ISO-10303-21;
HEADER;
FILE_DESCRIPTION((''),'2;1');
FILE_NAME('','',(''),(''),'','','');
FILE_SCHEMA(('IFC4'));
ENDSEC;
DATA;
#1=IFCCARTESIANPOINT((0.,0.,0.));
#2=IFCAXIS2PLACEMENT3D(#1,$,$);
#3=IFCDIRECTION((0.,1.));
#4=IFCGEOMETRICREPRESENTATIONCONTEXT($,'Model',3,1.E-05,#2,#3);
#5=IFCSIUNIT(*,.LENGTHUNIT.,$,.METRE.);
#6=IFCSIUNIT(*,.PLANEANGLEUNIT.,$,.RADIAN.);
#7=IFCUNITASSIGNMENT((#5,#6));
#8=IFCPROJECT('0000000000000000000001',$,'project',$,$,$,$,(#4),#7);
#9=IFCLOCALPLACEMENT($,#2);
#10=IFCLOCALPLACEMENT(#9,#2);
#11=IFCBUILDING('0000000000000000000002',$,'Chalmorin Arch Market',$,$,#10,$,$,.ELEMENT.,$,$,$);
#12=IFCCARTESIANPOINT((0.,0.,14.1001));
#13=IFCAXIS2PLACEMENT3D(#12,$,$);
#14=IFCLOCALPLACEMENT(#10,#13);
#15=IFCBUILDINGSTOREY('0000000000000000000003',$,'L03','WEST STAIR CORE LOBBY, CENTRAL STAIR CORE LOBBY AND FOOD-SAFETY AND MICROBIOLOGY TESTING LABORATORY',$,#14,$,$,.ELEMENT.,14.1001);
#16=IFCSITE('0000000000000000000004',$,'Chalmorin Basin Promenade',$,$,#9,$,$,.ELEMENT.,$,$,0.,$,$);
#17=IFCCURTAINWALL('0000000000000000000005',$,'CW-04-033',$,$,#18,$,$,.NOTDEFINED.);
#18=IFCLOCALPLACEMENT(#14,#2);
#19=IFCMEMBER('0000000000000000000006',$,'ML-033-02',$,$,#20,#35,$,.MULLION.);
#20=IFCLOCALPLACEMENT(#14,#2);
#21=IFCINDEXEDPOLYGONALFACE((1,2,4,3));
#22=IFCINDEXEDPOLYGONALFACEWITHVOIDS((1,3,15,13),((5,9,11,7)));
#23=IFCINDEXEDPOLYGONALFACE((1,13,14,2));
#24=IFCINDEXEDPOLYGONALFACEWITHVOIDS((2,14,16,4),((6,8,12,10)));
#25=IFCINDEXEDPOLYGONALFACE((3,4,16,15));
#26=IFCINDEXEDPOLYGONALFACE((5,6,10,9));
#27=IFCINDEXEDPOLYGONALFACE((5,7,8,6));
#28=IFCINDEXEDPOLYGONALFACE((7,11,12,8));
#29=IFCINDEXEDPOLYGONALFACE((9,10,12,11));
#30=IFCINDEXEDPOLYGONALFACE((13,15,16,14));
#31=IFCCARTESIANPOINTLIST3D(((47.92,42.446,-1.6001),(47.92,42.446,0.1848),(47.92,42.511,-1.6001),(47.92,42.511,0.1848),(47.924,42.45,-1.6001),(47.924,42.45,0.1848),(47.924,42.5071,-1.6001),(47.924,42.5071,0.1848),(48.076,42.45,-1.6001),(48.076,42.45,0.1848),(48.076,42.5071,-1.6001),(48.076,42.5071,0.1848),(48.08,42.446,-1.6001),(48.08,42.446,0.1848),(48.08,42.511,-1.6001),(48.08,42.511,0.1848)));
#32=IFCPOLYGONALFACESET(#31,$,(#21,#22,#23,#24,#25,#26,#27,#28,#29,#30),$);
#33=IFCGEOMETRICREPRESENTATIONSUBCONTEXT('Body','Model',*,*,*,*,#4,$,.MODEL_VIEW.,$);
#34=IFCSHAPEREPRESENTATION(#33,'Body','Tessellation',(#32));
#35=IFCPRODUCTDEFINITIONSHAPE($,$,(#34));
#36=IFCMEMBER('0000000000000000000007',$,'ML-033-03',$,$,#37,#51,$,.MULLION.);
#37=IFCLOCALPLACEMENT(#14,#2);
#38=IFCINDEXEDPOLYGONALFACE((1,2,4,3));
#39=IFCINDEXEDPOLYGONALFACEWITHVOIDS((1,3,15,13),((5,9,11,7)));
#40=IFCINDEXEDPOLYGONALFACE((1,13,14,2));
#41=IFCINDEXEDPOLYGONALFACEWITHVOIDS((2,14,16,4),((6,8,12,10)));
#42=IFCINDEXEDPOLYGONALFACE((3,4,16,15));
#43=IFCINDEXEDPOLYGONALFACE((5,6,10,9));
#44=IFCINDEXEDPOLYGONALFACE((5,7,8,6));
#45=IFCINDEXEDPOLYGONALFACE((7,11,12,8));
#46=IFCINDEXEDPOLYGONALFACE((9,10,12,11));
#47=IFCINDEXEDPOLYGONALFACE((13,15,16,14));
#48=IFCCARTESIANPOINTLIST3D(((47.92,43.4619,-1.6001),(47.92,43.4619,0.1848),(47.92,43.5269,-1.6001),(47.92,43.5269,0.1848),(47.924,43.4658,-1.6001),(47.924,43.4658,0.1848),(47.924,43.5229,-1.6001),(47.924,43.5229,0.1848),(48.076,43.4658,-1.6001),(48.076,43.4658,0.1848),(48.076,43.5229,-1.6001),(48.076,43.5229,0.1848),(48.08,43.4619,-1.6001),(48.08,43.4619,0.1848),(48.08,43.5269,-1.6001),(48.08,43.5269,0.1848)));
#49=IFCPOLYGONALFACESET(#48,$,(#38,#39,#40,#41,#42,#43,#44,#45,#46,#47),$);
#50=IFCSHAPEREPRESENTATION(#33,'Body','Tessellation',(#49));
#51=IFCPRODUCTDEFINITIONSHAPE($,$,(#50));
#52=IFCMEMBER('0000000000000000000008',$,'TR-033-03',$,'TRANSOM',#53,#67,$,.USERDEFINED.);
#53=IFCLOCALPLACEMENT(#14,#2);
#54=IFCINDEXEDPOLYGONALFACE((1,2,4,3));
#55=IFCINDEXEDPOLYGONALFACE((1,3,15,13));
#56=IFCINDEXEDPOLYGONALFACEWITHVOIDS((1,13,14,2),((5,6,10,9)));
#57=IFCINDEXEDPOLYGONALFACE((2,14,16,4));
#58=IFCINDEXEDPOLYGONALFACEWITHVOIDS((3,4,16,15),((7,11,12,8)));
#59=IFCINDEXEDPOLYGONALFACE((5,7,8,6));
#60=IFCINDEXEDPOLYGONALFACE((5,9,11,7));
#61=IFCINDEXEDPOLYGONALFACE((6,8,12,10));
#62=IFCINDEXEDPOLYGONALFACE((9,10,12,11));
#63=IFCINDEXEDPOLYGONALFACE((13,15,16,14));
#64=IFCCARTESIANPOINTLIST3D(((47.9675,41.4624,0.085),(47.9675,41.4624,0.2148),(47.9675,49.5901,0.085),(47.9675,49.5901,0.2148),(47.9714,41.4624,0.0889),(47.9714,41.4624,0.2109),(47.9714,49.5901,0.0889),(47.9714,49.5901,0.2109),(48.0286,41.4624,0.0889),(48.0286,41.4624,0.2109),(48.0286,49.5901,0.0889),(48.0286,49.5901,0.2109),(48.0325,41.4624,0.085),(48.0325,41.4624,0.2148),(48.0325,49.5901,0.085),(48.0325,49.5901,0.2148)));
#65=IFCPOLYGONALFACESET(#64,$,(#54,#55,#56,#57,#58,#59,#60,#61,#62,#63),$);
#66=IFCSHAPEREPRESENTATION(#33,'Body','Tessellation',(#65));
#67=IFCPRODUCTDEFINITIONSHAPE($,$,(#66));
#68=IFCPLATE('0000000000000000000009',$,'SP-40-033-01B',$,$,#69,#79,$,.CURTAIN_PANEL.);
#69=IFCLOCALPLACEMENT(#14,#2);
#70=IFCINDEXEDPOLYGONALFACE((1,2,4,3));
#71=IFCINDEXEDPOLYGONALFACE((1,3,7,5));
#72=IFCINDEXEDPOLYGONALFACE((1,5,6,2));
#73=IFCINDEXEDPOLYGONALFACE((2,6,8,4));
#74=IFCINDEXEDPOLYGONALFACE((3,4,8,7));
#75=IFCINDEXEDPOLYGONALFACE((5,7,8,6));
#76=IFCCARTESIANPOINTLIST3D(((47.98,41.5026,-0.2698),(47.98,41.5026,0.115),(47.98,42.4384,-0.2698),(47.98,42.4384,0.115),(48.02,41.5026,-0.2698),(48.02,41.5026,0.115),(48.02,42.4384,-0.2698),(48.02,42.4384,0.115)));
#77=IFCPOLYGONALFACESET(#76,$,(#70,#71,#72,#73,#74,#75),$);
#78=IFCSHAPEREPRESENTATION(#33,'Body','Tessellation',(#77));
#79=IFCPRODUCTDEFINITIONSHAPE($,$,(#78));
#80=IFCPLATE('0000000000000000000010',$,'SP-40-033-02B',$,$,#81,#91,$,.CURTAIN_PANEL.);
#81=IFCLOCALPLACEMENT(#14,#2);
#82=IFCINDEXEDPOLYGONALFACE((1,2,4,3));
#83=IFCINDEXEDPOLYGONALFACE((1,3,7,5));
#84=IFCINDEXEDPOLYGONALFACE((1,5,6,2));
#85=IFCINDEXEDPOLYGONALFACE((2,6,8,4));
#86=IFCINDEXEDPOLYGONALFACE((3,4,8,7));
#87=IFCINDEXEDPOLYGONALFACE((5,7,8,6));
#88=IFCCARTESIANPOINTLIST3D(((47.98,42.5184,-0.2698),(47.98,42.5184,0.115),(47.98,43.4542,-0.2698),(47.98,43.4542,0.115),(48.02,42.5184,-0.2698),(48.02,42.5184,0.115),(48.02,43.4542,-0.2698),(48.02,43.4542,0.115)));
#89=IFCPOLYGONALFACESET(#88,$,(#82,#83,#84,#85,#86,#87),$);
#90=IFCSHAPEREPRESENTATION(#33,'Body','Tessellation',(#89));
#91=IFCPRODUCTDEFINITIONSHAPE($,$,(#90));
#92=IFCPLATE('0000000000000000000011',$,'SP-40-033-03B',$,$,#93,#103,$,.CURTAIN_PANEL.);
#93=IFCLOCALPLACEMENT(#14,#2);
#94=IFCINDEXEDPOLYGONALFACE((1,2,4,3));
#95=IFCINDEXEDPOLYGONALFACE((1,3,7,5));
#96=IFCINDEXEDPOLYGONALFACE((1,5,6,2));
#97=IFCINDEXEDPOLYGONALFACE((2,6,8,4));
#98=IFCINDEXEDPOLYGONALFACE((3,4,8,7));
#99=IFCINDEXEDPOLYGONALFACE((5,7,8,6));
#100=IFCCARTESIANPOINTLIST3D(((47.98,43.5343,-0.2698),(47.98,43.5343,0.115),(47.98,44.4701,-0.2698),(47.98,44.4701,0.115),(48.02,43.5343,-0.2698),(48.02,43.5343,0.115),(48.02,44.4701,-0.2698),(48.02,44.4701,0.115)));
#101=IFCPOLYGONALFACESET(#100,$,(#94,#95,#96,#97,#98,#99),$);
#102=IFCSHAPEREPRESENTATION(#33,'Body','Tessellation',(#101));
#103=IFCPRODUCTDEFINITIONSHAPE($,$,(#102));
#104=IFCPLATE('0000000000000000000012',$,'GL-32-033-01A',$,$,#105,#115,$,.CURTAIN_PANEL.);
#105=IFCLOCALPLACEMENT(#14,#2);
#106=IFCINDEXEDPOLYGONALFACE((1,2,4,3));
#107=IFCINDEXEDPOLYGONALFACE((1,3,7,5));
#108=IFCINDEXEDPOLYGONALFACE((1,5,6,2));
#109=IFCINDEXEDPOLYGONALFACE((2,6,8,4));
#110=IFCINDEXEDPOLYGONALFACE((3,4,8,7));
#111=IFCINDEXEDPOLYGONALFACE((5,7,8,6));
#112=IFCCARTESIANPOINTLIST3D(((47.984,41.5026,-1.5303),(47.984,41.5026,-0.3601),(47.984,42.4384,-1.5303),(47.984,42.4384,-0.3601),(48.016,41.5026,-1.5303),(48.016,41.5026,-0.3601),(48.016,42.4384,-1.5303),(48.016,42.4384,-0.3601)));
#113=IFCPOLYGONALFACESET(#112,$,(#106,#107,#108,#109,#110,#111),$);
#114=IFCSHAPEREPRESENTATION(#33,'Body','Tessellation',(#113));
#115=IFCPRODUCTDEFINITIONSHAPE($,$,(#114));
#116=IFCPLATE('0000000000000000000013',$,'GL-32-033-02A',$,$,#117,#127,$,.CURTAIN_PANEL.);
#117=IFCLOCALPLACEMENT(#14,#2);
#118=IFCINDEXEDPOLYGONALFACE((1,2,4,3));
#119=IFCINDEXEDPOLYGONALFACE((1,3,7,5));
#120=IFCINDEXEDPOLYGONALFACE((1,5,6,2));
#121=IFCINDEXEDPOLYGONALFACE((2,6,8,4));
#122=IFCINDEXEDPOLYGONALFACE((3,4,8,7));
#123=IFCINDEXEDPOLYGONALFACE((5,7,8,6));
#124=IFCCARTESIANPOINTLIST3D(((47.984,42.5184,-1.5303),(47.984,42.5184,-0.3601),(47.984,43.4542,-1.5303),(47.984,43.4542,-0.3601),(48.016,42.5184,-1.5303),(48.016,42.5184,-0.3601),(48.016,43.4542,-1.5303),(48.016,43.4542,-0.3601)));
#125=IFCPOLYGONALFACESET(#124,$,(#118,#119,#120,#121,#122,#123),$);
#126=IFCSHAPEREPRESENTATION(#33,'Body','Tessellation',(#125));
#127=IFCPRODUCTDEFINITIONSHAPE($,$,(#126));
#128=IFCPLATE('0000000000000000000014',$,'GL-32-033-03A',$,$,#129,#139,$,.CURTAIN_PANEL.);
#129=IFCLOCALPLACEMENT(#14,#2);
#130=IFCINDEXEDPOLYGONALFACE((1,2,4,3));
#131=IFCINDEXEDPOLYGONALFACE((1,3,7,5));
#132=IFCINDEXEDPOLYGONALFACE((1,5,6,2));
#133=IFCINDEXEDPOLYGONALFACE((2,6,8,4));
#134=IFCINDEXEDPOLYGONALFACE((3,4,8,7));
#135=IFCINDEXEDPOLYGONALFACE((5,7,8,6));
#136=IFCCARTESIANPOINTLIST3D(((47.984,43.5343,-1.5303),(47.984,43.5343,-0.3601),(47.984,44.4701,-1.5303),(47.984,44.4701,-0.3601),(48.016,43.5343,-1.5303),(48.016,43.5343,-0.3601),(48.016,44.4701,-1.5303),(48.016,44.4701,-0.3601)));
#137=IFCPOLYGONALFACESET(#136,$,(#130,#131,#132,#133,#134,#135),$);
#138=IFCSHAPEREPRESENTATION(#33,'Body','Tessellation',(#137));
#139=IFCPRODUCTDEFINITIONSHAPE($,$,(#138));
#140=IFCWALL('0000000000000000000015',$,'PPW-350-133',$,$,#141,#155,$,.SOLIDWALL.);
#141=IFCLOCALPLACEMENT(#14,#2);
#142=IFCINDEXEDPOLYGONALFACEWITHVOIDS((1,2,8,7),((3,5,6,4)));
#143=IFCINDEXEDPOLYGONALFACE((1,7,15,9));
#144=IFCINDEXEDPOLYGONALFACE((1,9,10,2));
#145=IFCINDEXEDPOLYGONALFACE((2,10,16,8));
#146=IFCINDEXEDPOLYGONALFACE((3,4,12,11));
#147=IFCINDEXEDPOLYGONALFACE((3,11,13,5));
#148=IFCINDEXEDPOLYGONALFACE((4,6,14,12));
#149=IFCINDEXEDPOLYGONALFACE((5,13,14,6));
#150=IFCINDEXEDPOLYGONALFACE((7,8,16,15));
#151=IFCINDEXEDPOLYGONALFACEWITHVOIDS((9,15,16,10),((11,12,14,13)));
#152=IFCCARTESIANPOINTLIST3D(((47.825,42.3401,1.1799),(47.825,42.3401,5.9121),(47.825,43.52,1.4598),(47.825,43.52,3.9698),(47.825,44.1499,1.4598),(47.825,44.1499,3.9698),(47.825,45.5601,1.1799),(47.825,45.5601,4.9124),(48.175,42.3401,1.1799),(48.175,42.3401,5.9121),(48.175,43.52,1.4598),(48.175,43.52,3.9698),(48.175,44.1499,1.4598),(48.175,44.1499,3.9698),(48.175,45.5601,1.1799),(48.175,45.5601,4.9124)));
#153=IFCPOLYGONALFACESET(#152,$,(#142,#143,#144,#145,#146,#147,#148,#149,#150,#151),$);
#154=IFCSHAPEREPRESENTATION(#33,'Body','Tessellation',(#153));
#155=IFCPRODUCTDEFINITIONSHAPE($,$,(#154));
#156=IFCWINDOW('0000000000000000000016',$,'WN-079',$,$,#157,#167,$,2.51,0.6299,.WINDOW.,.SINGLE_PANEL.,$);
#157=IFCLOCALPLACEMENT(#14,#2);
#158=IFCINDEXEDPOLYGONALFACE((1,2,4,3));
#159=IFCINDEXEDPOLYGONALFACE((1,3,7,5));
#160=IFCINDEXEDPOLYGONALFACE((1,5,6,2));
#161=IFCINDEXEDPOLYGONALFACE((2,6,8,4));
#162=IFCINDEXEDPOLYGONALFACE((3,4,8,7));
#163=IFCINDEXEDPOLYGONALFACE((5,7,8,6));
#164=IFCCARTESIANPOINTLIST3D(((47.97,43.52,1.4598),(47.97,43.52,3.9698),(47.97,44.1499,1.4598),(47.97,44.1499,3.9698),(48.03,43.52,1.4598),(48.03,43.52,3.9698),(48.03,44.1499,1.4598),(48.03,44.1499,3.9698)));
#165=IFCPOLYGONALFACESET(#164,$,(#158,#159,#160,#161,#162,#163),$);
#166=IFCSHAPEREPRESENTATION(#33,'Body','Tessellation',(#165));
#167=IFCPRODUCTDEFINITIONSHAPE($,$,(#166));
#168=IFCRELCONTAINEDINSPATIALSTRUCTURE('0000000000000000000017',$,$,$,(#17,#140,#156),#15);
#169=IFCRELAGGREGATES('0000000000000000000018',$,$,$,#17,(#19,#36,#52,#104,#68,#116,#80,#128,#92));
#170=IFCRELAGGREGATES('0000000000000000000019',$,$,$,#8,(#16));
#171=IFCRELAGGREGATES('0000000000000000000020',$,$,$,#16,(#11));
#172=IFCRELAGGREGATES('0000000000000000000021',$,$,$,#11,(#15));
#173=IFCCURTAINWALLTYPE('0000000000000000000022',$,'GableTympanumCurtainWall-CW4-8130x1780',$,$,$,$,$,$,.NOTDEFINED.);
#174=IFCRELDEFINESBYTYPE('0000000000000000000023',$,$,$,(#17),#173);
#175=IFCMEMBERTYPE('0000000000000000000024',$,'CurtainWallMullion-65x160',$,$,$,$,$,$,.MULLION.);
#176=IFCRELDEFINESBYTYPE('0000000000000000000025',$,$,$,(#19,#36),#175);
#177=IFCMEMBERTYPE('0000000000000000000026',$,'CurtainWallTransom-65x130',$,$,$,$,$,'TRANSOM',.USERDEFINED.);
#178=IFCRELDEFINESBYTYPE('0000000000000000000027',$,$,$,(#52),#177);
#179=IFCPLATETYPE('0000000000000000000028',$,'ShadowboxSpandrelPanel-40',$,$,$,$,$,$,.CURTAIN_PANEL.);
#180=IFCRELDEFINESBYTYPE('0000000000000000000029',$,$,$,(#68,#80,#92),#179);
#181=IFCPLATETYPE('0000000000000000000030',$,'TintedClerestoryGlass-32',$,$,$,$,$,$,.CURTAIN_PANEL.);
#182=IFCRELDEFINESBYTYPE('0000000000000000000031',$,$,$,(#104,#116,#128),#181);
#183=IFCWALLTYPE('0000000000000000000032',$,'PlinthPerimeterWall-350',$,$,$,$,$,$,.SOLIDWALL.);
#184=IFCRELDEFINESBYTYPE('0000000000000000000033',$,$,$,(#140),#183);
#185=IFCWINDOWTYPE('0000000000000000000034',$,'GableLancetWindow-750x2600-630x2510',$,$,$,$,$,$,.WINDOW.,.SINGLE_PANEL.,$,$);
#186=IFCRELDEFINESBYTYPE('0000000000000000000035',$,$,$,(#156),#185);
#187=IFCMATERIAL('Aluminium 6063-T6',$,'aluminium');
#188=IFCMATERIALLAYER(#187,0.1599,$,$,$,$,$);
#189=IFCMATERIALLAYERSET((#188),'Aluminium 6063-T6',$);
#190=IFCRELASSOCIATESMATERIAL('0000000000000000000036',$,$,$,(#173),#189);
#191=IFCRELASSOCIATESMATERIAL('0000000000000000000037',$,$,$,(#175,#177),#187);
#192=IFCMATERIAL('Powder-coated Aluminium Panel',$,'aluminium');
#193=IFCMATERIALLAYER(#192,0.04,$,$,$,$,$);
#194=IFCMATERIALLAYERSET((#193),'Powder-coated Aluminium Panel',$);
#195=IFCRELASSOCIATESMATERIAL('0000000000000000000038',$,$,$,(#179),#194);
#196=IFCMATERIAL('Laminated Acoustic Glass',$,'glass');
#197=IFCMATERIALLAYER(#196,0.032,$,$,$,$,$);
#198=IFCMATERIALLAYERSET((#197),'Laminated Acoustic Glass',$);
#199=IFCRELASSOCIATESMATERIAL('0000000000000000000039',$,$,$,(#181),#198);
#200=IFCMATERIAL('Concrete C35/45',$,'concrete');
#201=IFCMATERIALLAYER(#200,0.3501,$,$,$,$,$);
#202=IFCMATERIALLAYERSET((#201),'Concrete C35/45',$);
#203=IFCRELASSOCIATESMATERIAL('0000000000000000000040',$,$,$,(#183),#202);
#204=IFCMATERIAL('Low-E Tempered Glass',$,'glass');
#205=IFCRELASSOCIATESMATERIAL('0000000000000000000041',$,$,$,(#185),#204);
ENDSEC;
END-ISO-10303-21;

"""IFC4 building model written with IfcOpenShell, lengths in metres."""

from ifc_helpers import new_model, si_unit, direction, frame, frame_2d, origin, origin_2d, place, context, subcontext, project, spatial, polyline, rectangle, hollow_rectangle, outline, extrude, material, layer, layer_set, material_profile, profile_set, type_object, element, fill, aggregate, save


model = new_model("IFC4")

# Units and contexts
model_context = context("Model", 3, precision=1e-05, world=origin(), true_north=direction((0.0, 1.0)))
body_context = subcontext(model_context, "Body", "Model", "MODEL_VIEW")
ifc_project = project(units=[si_unit("LENGTHUNIT", "METRE"), si_unit("PLANEANGLEUNIT", "RADIAN")], contexts=[model_context])

# Site, building, storey
site_placement = place(None, origin())
site = spatial("IfcSite", under=ifc_project, at=site_placement, Name="Chalmorin Basin Promenade", CompositionType="ELEMENT", RefElevation=0.0)
building_placement = place(site_placement, origin())
building = spatial("IfcBuilding", under=site, at=building_placement, Name="Chalmorin Arch Market", CompositionType="ELEMENT")
storey_placement = place(building_placement, frame((0.0, 0.0, 14.1001)))
storey = spatial("IfcBuildingStorey", under=building, at=storey_placement, Name="L03", Description="WEST STAIR CORE LOBBY, CENTRAL STAIR CORE LOBBY AND FOOD-SAFETY AND MICROBIOLOGY TESTING LABORATORY", CompositionType="ELEMENT", Elevation=14.1001)

# Curtain wall, members, plates
ifc_material_1 = material(Name="Aluminium 6063-T6", Category="aluminium")
ifc_layer_1 = layer(ifc_material_1, 0.1599)
ifc_layer_set_1 = layer_set([ifc_layer_1], Name="Aluminium 6063-T6")
curtain_wall_type = type_object("IfcCurtainWallType", Name="GableTympanumCurtainWall-CW4-8130x1780", PredefinedType="NOTDEFINED", material=ifc_layer_set_1)
curtain_wall_placement = place(storey_placement, origin())
curtain_wall = element("IfcCurtainWall", 1, at=curtain_wall_placement, inside=storey, type_object=curtain_wall_type, Name="CW-04-033", PredefinedType="NOTDEFINED")
ifc_material_profile_1 = material_profile(ifc_material_1, hollow_rectangle(XDim=0.0649, YDim=0.1599, WallThickness=0.0039, at=origin_2d()), Name="ALU65X160X4")
ifc_profile_set_1 = profile_set([ifc_material_profile_1], Name="Aluminium 6063-T6")
member_type_1 = type_object("IfcMemberType", Name="CurtainWallMullion-65x160", PredefinedType="MULLION", material=ifc_profile_set_1)
member_1_placement = place(storey_placement, frame((48.0, 42.4785, -1.6001), z_axis=(0.0, 0.0, 1.0), x_axis=(0.0, 1.0, 0.0)))
member_1 = element("IfcMember", 2, at=member_1_placement, type_object=member_type_1, Name="ML-033-02", PredefinedType="MULLION", context=body_context, shape_type="SweptSolid", body=[
    extrude(hollow_rectangle(XDim=0.0649, YDim=0.1599, WallThickness=0.0039, at=origin_2d()), origin(), (0.0, 0.0, 1.0), 1.7849),
])
member_2_placement = place(storey_placement, frame((48.0, 43.4944, -1.6001), z_axis=(0.0, 0.0, 1.0), x_axis=(0.0, 1.0, 0.0)))
member_2 = element("IfcMember", 3, at=member_2_placement, type_object=member_type_1, Name="ML-033-03", PredefinedType="MULLION", context=body_context, shape_type="SweptSolid", body=[
    extrude(hollow_rectangle(XDim=0.0649, YDim=0.1599, WallThickness=0.0039, at=origin_2d()), origin(), (0.0, 0.0, 1.0), 1.7849),
])
ifc_material_profile_2 = material_profile(ifc_material_1, hollow_rectangle(XDim=0.0649, YDim=0.1299, WallThickness=0.0039, at=origin_2d()), Name="ALU65X130X4")
ifc_profile_set_2 = profile_set([ifc_material_profile_2], Name="Aluminium 6063-T6")
member_type_2 = type_object("IfcMemberType", Name="CurtainWallTransom-65x130", ElementType="TRANSOM", PredefinedType="USERDEFINED", material=ifc_profile_set_2)
member_3_placement = place(storey_placement, frame((48.0, 41.4624, 0.1499), z_axis=(0.0, 1.0, 0.0), x_axis=(-1.0, 0.0, 0.0)))
member_3 = element("IfcMember", 4, at=member_3_placement, type_object=member_type_2, Name="TR-033-03", ObjectType="TRANSOM", PredefinedType="USERDEFINED", context=body_context, shape_type="SweptSolid", body=[
    extrude(hollow_rectangle(XDim=0.0649, YDim=0.1299, WallThickness=0.0039, at=origin_2d()), origin(), (0.0, 0.0, 1.0), 8.1277),
])
ifc_material_2 = material(Name="Powder-coated Aluminium Panel", Category="aluminium")
ifc_layer_2 = layer(ifc_material_2, 0.04)
ifc_layer_set_2 = layer_set([ifc_layer_2], Name="Powder-coated Aluminium Panel")
plate_type_1 = type_object("IfcPlateType", Name="ShadowboxSpandrelPanel-40", PredefinedType="CURTAIN_PANEL", material=ifc_layer_set_2)
plate_1_placement = place(storey_placement, frame((48.0, 41.9705, -0.2698), z_axis=(0.0, 0.0, 1.0), x_axis=(0.0, 1.0, 0.0)))
plate_1 = element("IfcPlate", 5, at=plate_1_placement, type_object=plate_type_1, Name="SP-40-033-01B", PredefinedType="CURTAIN_PANEL", context=body_context, shape_type="SweptSolid", body=[
    extrude(rectangle(XDim=0.9358, YDim=0.04, at=origin_2d()), origin(), (0.0, 0.0, 1.0), 0.3848),
])
plate_2_placement = place(storey_placement, frame((48.0, 42.9863, -0.2698), z_axis=(0.0, 0.0, 1.0), x_axis=(0.0, 1.0, 0.0)))
plate_2 = element("IfcPlate", 6, at=plate_2_placement, type_object=plate_type_1, Name="SP-40-033-02B", PredefinedType="CURTAIN_PANEL", context=body_context, shape_type="SweptSolid", body=[
    extrude(rectangle(XDim=0.9358, YDim=0.04, at=origin_2d()), origin(), (0.0, 0.0, 1.0), 0.3848),
])
plate_3_placement = place(storey_placement, frame((48.0, 44.0022, -0.2698), z_axis=(0.0, 0.0, 1.0), x_axis=(0.0, 1.0, 0.0)))
plate_3 = element("IfcPlate", 7, at=plate_3_placement, type_object=plate_type_1, Name="SP-40-033-03B", PredefinedType="CURTAIN_PANEL", context=body_context, shape_type="SweptSolid", body=[
    extrude(rectangle(XDim=0.9358, YDim=0.04, at=origin_2d()), origin(), (0.0, 0.0, 1.0), 0.3848),
])
ifc_material_3 = material(Name="Laminated Acoustic Glass", Category="glass")
ifc_layer_3 = layer(ifc_material_3, 0.032)
ifc_layer_set_3 = layer_set([ifc_layer_3], Name="Laminated Acoustic Glass")
plate_type_2 = type_object("IfcPlateType", Name="TintedClerestoryGlass-32", PredefinedType="CURTAIN_PANEL", material=ifc_layer_set_3)
plate_4_placement = place(storey_placement, frame((48.0, 41.9705, -1.5303), z_axis=(0.0, 0.0, 1.0), x_axis=(0.0, 1.0, 0.0)))
plate_4 = element("IfcPlate", 8, at=plate_4_placement, type_object=plate_type_2, Name="GL-32-033-01A", PredefinedType="CURTAIN_PANEL", context=body_context, shape_type="SweptSolid", body=[
    extrude(rectangle(XDim=0.9358, YDim=0.032, at=origin_2d()), origin(), (0.0, 0.0, 1.0), 1.1702),
])
plate_5_placement = place(storey_placement, frame((48.0, 42.9863, -1.5303), z_axis=(0.0, 0.0, 1.0), x_axis=(0.0, 1.0, 0.0)))
plate_5 = element("IfcPlate", 9, at=plate_5_placement, type_object=plate_type_2, Name="GL-32-033-02A", PredefinedType="CURTAIN_PANEL", context=body_context, shape_type="SweptSolid", body=[
    extrude(rectangle(XDim=0.9358, YDim=0.032, at=origin_2d()), origin(), (0.0, 0.0, 1.0), 1.1702),
])
plate_6_placement = place(storey_placement, frame((48.0, 44.0022, -1.5303), z_axis=(0.0, 0.0, 1.0), x_axis=(0.0, 1.0, 0.0)))
plate_6 = element("IfcPlate", 10, at=plate_6_placement, type_object=plate_type_2, Name="GL-32-033-03A", PredefinedType="CURTAIN_PANEL", context=body_context, shape_type="SweptSolid", body=[
    extrude(rectangle(XDim=0.9358, YDim=0.032, at=origin_2d()), origin(), (0.0, 0.0, 1.0), 1.1702),
])
aggregate(curtain_wall, [member_1, member_2, member_3, plate_4, plate_1, plate_5, plate_2, plate_6, plate_3])

# Wall, opening, window
ifc_material_4 = material(Name="Concrete C35/45", Category="concrete")
ifc_layer_4 = layer(ifc_material_4, 0.3501)
ifc_layer_set_4 = layer_set([ifc_layer_4], Name="Concrete C35/45")
wall_type = type_object("IfcWallType", Name="PlinthPerimeterWall-350", PredefinedType="SOLIDWALL", material=ifc_layer_set_4)
wall_placement = place(storey_placement, frame((48.0, 42.3401, 1.1799), z_axis=(0.0, 0.0, 1.0), x_axis=(0.0, 1.0, 0.0)))
wall = element("IfcWall", 11, at=wall_placement, inside=storey, type_object=wall_type, Name="PPW-350-133", PredefinedType="SOLIDWALL", context=body_context, shape_type="SweptSolid", body=[
    extrude(outline(polyline([(0.0, 0.0), (3.22, 0.0), (3.22, 3.7324), (0.0, 4.7322), (0.0, 0.0)])), frame((0.0, 0.175, 0.0), z_axis=(0.0, -1.0, 0.0), x_axis=(1.0, 0.0, 0.0)), (0.0, 0.0, 1.0), 0.3501),
])
opening_placement = place(wall_placement, frame((1.1799, 0.0, 0.28)))
opening = element("IfcOpeningElement", 12, at=opening_placement, cuts=wall, PredefinedType="OPENING", context=body_context, shape_type="SweptSolid", body=[
    extrude(rectangle(XDim=0.6299, YDim=2.51, at=frame_2d((0.3149, 1.2549))), frame((0.0, 0.1851, 0.0), z_axis=(0.0, -1.0, 0.0), x_axis=(1.0, 0.0, 0.0)), (0.0, 0.0, 1.0), 0.3701),
])
ifc_material_5 = material(Name="Low-E Tempered Glass", Category="glass")
window_type = type_object("IfcWindowType", Name="GableLancetWindow-750x2600-630x2510", PartitioningType="SINGLE_PANEL", PredefinedType="WINDOW", material=ifc_material_5)
window_placement = place(opening_placement, origin())
window = element("IfcWindow", 13, at=window_placement, inside=storey, type_object=window_type, Name="WN-079", OverallHeight=2.51, OverallWidth=0.6299, PartitioningType="SINGLE_PANEL", PredefinedType="WINDOW", context=body_context, shape_type="SweptSolid", body=[
    extrude(rectangle(XDim=0.6299, YDim=2.51, at=frame_2d((0.3149, 1.2549))), frame((0.0, 0.03, 0.0), z_axis=(0.0, -1.0, 0.0), x_axis=(1.0, 0.0, 0.0)), (0.0, 0.0, 1.0), 0.0601),
])
fill(opening, window)

save(model, "model.ifc")
